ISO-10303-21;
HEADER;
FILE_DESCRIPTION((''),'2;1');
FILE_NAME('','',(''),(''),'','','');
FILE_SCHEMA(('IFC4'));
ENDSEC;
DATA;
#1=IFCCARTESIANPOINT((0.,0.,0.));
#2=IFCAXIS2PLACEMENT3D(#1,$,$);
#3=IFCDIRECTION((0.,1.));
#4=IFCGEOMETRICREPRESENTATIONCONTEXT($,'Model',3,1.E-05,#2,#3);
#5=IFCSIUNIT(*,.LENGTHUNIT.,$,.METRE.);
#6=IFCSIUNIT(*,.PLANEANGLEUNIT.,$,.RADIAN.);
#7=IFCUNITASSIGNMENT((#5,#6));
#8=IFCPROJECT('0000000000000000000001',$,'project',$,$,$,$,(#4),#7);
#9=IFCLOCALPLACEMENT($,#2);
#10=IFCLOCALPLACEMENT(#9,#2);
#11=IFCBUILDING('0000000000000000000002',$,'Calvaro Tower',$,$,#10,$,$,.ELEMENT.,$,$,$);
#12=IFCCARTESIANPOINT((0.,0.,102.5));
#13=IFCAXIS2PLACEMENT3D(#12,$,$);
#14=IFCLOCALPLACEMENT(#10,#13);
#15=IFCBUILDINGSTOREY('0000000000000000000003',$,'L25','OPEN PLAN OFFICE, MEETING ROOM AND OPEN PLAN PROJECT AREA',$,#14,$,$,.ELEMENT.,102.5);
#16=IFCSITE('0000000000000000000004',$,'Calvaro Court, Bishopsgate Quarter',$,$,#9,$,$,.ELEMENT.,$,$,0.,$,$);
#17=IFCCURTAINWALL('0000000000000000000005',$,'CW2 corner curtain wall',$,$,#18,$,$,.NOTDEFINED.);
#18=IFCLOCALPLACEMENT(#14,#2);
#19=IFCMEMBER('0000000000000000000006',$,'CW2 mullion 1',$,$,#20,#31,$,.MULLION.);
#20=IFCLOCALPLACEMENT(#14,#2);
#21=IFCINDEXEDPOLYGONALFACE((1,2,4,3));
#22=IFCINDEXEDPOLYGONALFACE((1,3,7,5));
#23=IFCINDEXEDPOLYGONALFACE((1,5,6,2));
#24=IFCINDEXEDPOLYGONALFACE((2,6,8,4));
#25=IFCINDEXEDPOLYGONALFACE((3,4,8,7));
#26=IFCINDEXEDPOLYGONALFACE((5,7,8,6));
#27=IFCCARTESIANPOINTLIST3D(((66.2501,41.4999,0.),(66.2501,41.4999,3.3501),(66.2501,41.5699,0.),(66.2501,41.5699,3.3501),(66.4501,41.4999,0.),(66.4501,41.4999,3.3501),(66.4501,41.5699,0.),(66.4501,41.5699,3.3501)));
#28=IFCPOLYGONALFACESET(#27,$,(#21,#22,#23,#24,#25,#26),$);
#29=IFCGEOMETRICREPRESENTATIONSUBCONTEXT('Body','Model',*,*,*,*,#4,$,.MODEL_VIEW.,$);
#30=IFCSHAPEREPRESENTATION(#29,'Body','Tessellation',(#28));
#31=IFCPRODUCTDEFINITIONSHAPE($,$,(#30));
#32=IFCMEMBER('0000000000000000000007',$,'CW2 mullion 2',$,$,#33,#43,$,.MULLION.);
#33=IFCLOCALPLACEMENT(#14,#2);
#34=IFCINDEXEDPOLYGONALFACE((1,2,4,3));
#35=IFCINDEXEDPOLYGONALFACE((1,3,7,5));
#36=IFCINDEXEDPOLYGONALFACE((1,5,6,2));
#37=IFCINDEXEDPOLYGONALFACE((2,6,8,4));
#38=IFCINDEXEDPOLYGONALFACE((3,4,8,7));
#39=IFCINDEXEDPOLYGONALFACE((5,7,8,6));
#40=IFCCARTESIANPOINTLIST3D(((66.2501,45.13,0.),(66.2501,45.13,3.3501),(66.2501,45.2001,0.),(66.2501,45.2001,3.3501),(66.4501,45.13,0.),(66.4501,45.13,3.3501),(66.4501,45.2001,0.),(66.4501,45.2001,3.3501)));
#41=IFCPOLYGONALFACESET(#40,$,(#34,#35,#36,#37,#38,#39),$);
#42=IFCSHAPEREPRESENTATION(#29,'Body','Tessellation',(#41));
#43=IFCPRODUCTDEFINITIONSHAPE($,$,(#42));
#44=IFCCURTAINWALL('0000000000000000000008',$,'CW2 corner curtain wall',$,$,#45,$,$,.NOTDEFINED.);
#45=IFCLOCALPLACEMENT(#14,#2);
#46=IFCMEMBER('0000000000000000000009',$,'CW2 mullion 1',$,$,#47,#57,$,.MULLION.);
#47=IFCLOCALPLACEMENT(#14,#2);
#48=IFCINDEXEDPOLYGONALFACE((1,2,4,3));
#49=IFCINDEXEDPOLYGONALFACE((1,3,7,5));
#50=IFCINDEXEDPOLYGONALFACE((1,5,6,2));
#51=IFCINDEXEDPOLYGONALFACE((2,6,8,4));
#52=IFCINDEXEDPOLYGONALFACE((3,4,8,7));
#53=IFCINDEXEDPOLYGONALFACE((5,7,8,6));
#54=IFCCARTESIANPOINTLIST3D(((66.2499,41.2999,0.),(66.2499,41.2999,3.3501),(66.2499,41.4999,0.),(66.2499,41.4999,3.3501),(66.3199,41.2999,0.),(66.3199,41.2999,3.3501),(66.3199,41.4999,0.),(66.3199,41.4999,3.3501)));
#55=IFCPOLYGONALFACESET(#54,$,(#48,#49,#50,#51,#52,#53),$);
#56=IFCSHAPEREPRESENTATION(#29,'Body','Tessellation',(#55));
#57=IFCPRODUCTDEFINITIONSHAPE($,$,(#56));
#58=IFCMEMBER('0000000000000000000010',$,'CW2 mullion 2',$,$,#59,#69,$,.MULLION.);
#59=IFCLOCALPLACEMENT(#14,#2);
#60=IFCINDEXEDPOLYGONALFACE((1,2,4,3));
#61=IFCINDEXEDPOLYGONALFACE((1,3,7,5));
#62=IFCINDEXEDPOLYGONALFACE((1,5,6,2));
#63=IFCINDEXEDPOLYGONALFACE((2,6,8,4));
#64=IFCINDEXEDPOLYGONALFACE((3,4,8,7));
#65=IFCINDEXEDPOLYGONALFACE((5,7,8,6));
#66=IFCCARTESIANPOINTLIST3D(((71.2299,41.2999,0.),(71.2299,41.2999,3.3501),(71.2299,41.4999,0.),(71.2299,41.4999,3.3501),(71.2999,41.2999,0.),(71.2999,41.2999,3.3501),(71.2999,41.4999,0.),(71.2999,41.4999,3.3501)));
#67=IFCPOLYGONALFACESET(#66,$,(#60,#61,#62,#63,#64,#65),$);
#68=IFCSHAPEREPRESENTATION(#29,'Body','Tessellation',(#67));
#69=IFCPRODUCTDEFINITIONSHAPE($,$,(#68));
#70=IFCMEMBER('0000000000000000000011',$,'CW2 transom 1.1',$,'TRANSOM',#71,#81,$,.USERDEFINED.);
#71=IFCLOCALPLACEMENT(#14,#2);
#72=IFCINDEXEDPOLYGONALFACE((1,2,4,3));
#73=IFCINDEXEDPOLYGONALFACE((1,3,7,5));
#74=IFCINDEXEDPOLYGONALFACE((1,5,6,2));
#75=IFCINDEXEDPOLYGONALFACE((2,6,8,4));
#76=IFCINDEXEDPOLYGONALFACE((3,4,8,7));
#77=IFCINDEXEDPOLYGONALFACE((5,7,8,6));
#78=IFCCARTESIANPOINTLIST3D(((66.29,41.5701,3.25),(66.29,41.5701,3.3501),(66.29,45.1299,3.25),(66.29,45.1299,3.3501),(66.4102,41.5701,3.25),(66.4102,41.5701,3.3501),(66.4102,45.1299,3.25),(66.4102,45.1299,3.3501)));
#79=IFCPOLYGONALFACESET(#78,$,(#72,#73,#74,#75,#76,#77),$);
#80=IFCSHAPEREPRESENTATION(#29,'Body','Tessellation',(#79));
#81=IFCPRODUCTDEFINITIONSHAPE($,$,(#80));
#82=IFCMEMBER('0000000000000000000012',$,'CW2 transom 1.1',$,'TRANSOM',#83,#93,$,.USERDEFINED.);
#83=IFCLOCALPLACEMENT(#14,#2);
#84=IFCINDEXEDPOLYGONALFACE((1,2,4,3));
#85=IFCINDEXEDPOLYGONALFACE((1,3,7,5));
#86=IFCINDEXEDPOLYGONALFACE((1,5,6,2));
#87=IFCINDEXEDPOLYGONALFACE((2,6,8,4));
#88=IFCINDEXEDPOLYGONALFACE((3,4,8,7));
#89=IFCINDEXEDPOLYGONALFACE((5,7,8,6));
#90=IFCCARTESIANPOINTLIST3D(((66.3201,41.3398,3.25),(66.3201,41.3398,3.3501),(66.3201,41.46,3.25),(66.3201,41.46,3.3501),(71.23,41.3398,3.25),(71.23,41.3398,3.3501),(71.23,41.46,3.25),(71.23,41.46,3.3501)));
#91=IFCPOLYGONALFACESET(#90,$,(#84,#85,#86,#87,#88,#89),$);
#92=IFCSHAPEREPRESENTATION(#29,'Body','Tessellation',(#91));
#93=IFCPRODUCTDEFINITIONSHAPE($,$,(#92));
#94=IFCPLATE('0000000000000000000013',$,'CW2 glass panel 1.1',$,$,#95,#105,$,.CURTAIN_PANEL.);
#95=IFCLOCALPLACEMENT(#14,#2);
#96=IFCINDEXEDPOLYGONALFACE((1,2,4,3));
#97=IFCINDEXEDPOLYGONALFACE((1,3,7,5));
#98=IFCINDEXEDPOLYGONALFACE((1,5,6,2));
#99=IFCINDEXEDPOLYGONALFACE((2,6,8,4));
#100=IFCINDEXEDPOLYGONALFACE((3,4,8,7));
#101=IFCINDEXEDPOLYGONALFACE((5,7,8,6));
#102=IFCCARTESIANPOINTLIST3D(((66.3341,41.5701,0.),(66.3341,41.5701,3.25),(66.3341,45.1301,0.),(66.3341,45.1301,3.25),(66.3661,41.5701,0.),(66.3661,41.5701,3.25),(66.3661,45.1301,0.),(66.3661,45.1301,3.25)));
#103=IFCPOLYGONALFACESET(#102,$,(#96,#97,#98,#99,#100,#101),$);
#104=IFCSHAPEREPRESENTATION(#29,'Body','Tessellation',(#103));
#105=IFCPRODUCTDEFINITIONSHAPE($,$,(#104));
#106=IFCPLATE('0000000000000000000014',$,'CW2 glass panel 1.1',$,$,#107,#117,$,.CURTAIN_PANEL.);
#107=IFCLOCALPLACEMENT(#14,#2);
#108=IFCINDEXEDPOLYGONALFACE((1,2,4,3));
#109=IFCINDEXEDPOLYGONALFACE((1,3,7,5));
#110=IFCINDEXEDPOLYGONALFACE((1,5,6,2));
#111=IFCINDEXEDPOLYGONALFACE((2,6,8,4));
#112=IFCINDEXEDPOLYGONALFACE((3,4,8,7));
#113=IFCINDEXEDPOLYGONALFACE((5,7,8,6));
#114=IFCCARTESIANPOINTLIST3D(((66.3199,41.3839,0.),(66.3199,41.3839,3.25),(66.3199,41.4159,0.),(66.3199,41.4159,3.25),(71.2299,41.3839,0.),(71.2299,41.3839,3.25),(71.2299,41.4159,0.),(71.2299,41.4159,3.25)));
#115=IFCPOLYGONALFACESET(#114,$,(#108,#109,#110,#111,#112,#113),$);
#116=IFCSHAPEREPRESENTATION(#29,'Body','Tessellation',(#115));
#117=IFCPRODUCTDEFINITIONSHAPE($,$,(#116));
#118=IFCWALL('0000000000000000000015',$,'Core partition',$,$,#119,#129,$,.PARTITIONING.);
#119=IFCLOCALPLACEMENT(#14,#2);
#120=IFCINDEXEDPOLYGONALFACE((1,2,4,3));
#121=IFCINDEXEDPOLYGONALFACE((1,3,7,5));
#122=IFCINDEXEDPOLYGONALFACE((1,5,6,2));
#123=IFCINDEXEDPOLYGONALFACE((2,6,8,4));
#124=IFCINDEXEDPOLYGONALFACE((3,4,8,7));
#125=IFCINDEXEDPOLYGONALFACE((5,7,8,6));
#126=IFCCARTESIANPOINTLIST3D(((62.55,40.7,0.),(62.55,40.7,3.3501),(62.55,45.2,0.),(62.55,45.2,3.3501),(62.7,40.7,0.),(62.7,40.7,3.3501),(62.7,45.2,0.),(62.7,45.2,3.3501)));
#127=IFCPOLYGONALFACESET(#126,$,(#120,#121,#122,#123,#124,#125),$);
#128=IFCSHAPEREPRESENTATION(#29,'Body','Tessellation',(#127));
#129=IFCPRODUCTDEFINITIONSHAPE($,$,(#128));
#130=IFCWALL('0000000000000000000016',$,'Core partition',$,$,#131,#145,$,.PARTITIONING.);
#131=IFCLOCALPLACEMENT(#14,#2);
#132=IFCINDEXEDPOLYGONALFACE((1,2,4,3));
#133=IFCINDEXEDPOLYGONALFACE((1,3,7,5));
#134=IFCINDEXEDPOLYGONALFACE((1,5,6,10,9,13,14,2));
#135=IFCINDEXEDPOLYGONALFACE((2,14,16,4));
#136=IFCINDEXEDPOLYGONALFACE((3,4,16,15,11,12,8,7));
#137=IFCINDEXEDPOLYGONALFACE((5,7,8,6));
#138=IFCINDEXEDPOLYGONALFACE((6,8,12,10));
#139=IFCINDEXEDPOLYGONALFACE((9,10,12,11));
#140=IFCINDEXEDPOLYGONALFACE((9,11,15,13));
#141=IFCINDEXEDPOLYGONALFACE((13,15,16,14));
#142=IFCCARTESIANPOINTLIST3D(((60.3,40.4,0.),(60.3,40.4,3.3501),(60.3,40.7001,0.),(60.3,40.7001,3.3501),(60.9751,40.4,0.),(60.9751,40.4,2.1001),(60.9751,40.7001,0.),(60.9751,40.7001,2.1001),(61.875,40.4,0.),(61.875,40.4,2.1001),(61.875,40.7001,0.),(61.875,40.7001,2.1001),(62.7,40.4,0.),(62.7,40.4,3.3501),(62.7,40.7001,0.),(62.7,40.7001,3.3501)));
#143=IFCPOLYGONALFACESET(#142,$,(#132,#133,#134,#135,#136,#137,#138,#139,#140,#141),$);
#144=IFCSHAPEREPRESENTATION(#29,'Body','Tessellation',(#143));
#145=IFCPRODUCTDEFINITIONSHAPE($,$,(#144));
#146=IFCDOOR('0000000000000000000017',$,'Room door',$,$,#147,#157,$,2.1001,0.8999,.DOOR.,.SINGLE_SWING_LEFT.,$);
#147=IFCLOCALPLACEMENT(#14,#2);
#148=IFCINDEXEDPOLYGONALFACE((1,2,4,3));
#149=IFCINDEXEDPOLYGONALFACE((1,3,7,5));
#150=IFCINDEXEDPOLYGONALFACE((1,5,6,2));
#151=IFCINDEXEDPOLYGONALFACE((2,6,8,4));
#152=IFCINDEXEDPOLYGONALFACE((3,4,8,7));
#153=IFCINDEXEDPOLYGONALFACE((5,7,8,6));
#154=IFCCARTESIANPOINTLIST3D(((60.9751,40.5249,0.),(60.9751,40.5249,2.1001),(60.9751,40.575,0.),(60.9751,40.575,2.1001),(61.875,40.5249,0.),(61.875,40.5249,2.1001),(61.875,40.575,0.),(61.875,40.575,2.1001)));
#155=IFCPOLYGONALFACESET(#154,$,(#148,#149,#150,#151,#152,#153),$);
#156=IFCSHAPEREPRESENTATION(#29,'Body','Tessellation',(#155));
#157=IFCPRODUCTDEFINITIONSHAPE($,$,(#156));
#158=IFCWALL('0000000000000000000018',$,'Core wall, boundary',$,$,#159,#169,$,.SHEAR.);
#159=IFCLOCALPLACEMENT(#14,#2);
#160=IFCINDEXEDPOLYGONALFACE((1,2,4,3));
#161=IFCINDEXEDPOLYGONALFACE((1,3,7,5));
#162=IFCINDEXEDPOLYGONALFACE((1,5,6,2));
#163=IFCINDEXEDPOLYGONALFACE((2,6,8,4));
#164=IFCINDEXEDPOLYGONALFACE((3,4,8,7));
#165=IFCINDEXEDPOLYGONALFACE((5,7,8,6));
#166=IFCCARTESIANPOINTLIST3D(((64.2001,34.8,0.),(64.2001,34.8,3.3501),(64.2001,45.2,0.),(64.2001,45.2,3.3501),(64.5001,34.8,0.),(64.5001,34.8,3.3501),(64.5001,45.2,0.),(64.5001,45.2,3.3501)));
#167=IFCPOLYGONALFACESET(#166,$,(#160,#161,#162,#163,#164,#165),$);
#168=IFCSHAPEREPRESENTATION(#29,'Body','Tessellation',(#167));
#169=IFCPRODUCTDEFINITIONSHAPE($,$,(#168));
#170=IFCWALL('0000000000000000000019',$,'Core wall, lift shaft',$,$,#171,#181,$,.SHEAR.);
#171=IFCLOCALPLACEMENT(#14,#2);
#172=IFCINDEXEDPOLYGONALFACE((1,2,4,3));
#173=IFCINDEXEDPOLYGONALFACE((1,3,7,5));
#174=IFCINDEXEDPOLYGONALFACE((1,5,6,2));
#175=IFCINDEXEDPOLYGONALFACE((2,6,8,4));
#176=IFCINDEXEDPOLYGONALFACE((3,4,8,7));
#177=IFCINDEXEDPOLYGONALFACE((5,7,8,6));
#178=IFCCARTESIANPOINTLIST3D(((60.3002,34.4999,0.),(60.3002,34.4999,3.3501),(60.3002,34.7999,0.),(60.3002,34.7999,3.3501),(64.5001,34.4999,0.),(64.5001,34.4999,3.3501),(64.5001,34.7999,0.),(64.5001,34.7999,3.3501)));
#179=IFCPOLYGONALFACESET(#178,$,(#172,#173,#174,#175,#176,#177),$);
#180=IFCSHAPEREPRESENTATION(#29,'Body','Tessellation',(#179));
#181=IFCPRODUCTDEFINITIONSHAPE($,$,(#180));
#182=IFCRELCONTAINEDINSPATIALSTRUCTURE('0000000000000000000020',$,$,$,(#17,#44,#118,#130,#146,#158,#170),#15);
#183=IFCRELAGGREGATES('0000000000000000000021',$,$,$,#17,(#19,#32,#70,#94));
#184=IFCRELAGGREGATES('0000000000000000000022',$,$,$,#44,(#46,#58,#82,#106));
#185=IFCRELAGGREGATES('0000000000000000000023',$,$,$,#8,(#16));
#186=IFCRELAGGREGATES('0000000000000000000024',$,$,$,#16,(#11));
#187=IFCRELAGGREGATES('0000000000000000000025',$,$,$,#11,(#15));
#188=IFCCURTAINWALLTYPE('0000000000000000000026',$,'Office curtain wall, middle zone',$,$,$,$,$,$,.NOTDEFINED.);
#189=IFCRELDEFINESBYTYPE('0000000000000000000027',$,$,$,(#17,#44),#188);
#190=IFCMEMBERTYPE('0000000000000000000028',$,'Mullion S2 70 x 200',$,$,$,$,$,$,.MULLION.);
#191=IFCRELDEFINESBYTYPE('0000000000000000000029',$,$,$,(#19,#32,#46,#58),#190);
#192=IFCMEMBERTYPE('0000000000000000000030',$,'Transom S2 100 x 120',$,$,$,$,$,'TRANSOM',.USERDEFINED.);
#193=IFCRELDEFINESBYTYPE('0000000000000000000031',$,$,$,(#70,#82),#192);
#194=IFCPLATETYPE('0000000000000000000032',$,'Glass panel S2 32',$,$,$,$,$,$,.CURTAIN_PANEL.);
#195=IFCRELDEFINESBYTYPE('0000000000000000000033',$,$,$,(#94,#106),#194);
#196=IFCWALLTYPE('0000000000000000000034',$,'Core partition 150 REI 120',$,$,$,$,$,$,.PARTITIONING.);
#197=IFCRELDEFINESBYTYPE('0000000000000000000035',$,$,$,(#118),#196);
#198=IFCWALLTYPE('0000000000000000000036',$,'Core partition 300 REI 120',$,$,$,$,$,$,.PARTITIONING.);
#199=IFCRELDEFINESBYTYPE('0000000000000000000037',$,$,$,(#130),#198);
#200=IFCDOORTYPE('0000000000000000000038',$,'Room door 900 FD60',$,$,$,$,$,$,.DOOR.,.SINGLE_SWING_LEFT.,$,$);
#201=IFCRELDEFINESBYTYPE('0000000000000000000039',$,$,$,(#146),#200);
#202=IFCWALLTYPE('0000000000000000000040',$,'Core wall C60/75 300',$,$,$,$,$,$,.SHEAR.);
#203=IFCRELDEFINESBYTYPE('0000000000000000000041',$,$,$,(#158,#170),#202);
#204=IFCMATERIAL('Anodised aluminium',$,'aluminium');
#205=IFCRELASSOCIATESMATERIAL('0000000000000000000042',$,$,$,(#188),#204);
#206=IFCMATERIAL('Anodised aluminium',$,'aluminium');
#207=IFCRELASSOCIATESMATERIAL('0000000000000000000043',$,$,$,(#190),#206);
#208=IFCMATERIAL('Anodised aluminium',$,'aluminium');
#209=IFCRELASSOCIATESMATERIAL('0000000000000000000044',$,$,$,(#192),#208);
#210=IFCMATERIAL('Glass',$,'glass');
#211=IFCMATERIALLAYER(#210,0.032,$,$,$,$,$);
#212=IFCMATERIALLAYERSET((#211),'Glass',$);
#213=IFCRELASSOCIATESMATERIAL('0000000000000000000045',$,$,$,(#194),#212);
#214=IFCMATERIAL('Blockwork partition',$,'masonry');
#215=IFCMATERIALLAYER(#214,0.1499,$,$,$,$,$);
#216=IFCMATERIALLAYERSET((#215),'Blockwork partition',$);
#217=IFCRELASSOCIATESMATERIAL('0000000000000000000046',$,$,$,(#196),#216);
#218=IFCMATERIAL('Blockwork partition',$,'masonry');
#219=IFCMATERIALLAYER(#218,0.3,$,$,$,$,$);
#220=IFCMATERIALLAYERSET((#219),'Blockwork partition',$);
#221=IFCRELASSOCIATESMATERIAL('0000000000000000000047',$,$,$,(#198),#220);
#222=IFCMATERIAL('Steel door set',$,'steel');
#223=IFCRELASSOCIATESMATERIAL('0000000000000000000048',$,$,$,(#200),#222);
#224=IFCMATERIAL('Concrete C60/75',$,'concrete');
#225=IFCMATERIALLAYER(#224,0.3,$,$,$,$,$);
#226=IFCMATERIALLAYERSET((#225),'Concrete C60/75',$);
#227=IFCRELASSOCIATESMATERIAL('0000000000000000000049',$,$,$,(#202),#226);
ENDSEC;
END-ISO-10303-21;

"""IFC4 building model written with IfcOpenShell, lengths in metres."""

from ifc_helpers import new_model, si_unit, direction, frame, frame_2d, origin, origin_2d, place, context, subcontext, project, spatial, rectangle, extrude, material, layer, layer_set, material_profile, profile_set, type_object, element, fill, aggregate, save


model = new_model("IFC4")

# Units and contexts
model_context = context("Model", 3, precision=1e-05, world=origin(), true_north=direction((0.0, 1.0)))
body_context = subcontext(model_context, "Body", "Model", "MODEL_VIEW")
ifc_project = project(units=[si_unit("LENGTHUNIT", "METRE"), si_unit("PLANEANGLEUNIT", "RADIAN")], contexts=[model_context])

# Site, building, storey
site_placement = place(None, origin())
site = spatial("IfcSite", under=ifc_project, at=site_placement, Name="Calvaro Court, Bishopsgate Quarter", CompositionType="ELEMENT", RefElevation=0.0)
building_placement = place(site_placement, origin())
building = spatial("IfcBuilding", under=site, at=building_placement, Name="Calvaro Tower", CompositionType="ELEMENT")
storey_placement = place(building_placement, frame((0.0, 0.0, 102.5)))
storey = spatial("IfcBuildingStorey", under=building, at=storey_placement, Name="L25", Description="OPEN PLAN OFFICE, MEETING ROOM AND OPEN PLAN PROJECT AREA", CompositionType="ELEMENT", Elevation=102.5)

# Curtain walls, members
ifc_material_1 = material(Name="Anodised aluminium", Category="aluminium")
curtain_wall_type = type_object("IfcCurtainWallType", Name="Office curtain wall, middle zone", PredefinedType="NOTDEFINED", material=ifc_material_1)
curtain_wall_1_placement = place(storey_placement, origin())
curtain_wall_1 = element("IfcCurtainWall", 1, at=curtain_wall_1_placement, inside=storey, type_object=curtain_wall_type, Name="CW2 corner curtain wall", PredefinedType="NOTDEFINED")
ifc_material_2 = material(Name="Anodised aluminium", Category="aluminium")
ifc_material_profile_1 = material_profile(ifc_material_2, rectangle(XDim=0.2, YDim=0.0701, at=origin_2d()), Name="Mullion S2 70 x 200")
ifc_profile_set_1 = profile_set([ifc_material_profile_1], Name="Anodised aluminium")
member_type_1 = type_object("IfcMemberType", Name="Mullion S2 70 x 200", PredefinedType="MULLION", material=ifc_profile_set_1)
member_1_placement = place(storey_placement, frame((66.3501, 41.5349, 0.0), z_axis=(0.0, 0.0, 1.0), x_axis=(-1.0, 0.0, 0.0)))
member_1 = element("IfcMember", 2, at=member_1_placement, type_object=member_type_1, Name="CW2 mullion 1", PredefinedType="MULLION", context=body_context, shape_type="SweptSolid", body=[
    extrude(rectangle(XDim=0.2, YDim=0.0701, at=origin_2d()), origin(), (0.0, 0.0, 1.0), 3.3501),
])
member_2_placement = place(storey_placement, frame((66.3501, 45.165, 0.0), z_axis=(0.0, 0.0, 1.0), x_axis=(-1.0, 0.0, 0.0)))
member_2 = element("IfcMember", 3, at=member_2_placement, type_object=member_type_1, Name="CW2 mullion 2", PredefinedType="MULLION", context=body_context, shape_type="SweptSolid", body=[
    extrude(rectangle(XDim=0.2, YDim=0.0701, at=origin_2d()), origin(), (0.0, 0.0, 1.0), 3.3501),
])
curtain_wall_2_placement = place(storey_placement, origin())
curtain_wall_2 = element("IfcCurtainWall", 4, at=curtain_wall_2_placement, inside=storey, type_object=curtain_wall_type, Name="CW2 corner curtain wall", PredefinedType="NOTDEFINED")
member_3_placement = place(storey_placement, frame((66.2849, 41.3999, 0.0), z_axis=(0.0, 0.0, 1.0), x_axis=(0.0, 1.0, 0.0)))
member_3 = element("IfcMember", 5, at=member_3_placement, type_object=member_type_1, Name="CW2 mullion 1", PredefinedType="MULLION", context=body_context, shape_type="SweptSolid", body=[
    extrude(rectangle(XDim=0.2, YDim=0.0701, at=origin_2d()), origin(), (0.0, 0.0, 1.0), 3.3501),
])
member_4_placement = place(storey_placement, frame((71.2649, 41.3999, 0.0), z_axis=(0.0, 0.0, 1.0), x_axis=(0.0, 1.0, 0.0)))
member_4 = element("IfcMember", 6, at=member_4_placement, type_object=member_type_1, Name="CW2 mullion 2", PredefinedType="MULLION", context=body_context, shape_type="SweptSolid", body=[
    extrude(rectangle(XDim=0.2, YDim=0.0701, at=origin_2d()), origin(), (0.0, 0.0, 1.0), 3.3501),
])

# Members
ifc_material_3 = material(Name="Anodised aluminium", Category="aluminium")
ifc_material_profile_2 = material_profile(ifc_material_3, rectangle(XDim=0.1201, YDim=0.1001, at=origin_2d()), Name="Transom S2 100 x 120")
ifc_profile_set_2 = profile_set([ifc_material_profile_2], Name="Anodised aluminium")
member_type_2 = type_object("IfcMemberType", Name="Transom S2 100 x 120", ElementType="TRANSOM", PredefinedType="USERDEFINED", material=ifc_profile_set_2)
member_5_placement = place(storey_placement, frame((66.3501, 41.5701, 3.3), z_axis=(0.0, 1.0, 0.0), x_axis=(-1.0, 0.0, 0.0)))
member_5 = element("IfcMember", 7, at=member_5_placement, type_object=member_type_2, Name="CW2 transom 1.1", ObjectType="TRANSOM", PredefinedType="USERDEFINED", context=body_context, shape_type="SweptSolid", body=[
    extrude(rectangle(XDim=0.1201, YDim=0.1001, at=origin_2d()), origin(), (0.0, 0.0, 1.0), 3.5598),
])
member_6_placement = place(storey_placement, frame((66.3201, 41.3999, 3.3), z_axis=(1.0, 0.0, 0.0), x_axis=(0.0, 1.0, 0.0)))
member_6 = element("IfcMember", 8, at=member_6_placement, type_object=member_type_2, Name="CW2 transom 1.1", ObjectType="TRANSOM", PredefinedType="USERDEFINED", context=body_context, shape_type="SweptSolid", body=[
    extrude(rectangle(XDim=0.1201, YDim=0.1001, at=origin_2d()), origin(), (0.0, 0.0, 1.0), 4.9099),
])

# Plates
ifc_material_4 = material(Name="Glass", Category="glass")
ifc_layer_1 = layer(ifc_material_4, 0.032)
ifc_layer_set_1 = layer_set([ifc_layer_1], Name="Glass")
plate_type = type_object("IfcPlateType", Name="Glass panel S2 32", PredefinedType="CURTAIN_PANEL", material=ifc_layer_set_1)
plate_1_placement = place(storey_placement, frame((66.3501, 43.3501, 0.0), z_axis=(0.0, 0.0, 1.0), x_axis=(0.0, 1.0, 0.0)))
plate_1 = element("IfcPlate", 9, at=plate_1_placement, type_object=plate_type, Name="CW2 glass panel 1.1", PredefinedType="CURTAIN_PANEL", context=body_context, shape_type="SweptSolid", body=[
    extrude(rectangle(XDim=3.5601, YDim=0.032, at=origin_2d()), origin(), (0.0, 0.0, 1.0), 3.25),
])
aggregate(curtain_wall_1, [member_1, member_2, member_5, plate_1])
plate_2_placement = place(storey_placement, frame((68.7749, 41.3999, 0.0), z_axis=(0.0, 0.0, 1.0), x_axis=(1.0, 0.0, 0.0)))
plate_2 = element("IfcPlate", 10, at=plate_2_placement, type_object=plate_type, Name="CW2 glass panel 1.1", PredefinedType="CURTAIN_PANEL", context=body_context, shape_type="SweptSolid", body=[
    extrude(rectangle(XDim=4.9099, YDim=0.032, at=origin_2d()), origin(), (0.0, 0.0, 1.0), 3.25),
])
aggregate(curtain_wall_2, [member_3, member_4, member_6, plate_2])

# Wall
ifc_material_5 = material(Name="Blockwork partition", Category="masonry")
ifc_layer_2 = layer(ifc_material_5, 0.1499)
ifc_layer_set_2 = layer_set([ifc_layer_2], Name="Blockwork partition")
wall_type_1 = type_object("IfcWallType", Name="Core partition 150 REI 120", PredefinedType="PARTITIONING", material=ifc_layer_set_2)
wall_1_placement = place(storey_placement, frame((62.625, 40.7, 0.0), z_axis=(0.0, 0.0, 1.0), x_axis=(0.0, 1.0, 0.0)))
element("IfcWall", 11, at=wall_1_placement, inside=storey, type_object=wall_type_1, Name="Core partition", PredefinedType="PARTITIONING", context=body_context, shape_type="SweptSolid", body=[
    extrude(rectangle(XDim=4.5, YDim=0.1499, at=frame_2d((2.25, 0.0))), origin(), (0.0, 0.0, 1.0), 3.3501),
])

# Wall, opening, door
ifc_material_6 = material(Name="Blockwork partition", Category="masonry")
ifc_layer_3 = layer(ifc_material_6, 0.3)
ifc_layer_set_3 = layer_set([ifc_layer_3], Name="Blockwork partition")
wall_type_2 = type_object("IfcWallType", Name="Core partition 300 REI 120", PredefinedType="PARTITIONING", material=ifc_layer_set_3)
wall_2_placement = place(storey_placement, frame((60.3, 40.55, 0.0), z_axis=(0.0, 0.0, 1.0), x_axis=(1.0, 0.0, 0.0)))
wall_2 = element("IfcWall", 12, at=wall_2_placement, inside=storey, type_object=wall_type_2, Name="Core partition", PredefinedType="PARTITIONING", context=body_context, shape_type="SweptSolid", body=[
    extrude(rectangle(XDim=2.3999, YDim=0.3, at=frame_2d((1.2, 0.0))), origin(), (0.0, 0.0, 1.0), 3.3501),
])
opening_1_placement = place(wall_2_placement, frame((0.675, 0.0, 0.0)))
opening_1 = element("IfcOpeningElement", 13, at=opening_1_placement, cuts=wall_2, PredefinedType="OPENING", context=body_context, shape_type="SweptSolid", body=[
    extrude(rectangle(XDim=0.8999, YDim=2.1001, at=frame_2d((0.45, 1.05))), frame((0.0, 0.1599, 0.0), z_axis=(0.0, -1.0, 0.0), x_axis=(1.0, 0.0, 0.0)), (0.0, 0.0, 1.0), 0.3201),
])
ifc_material_7 = material(Name="Steel door set", Category="steel")
door_type_1 = type_object("IfcDoorType", Name="Room door 900 FD60", OperationType="SINGLE_SWING_LEFT", PredefinedType="DOOR", material=ifc_material_7)
door_1_placement = place(opening_1_placement, origin())
door_1 = element("IfcDoor", 14, at=door_1_placement, inside=storey, type_object=door_type_1, Name="Room door", OperationType="SINGLE_SWING_LEFT", OverallHeight=2.1001, OverallWidth=0.8999, PredefinedType="DOOR", context=body_context, shape_type="SweptSolid", body=[
    extrude(rectangle(XDim=0.8999, YDim=2.1001, at=frame_2d((0.45, 1.05))), frame((0.0, 0.0249, 0.0), z_axis=(0.0, -1.0, 0.0), x_axis=(1.0, 0.0, 0.0)), (0.0, 0.0, 1.0), 0.05),
])
fill(opening_1, door_1)

# Walls
ifc_material_8 = material(Name="Concrete C60/75", Category="concrete")
ifc_layer_4 = layer(ifc_material_8, 0.3)
ifc_layer_set_4 = layer_set([ifc_layer_4], Name="Concrete C60/75")
wall_type_3 = type_object("IfcWallType", Name="Core wall C60/75 300", PredefinedType="SHEAR", material=ifc_layer_set_4)
wall_3_placement = place(storey_placement, frame((64.3501, 34.8, 0.0), z_axis=(0.0, 0.0, 1.0), x_axis=(0.0, 1.0, 0.0)))
element("IfcWall", 15, at=wall_3_placement, inside=storey, type_object=wall_type_3, Name="Core wall, boundary", PredefinedType="SHEAR", context=body_context, shape_type="SweptSolid", body=[
    extrude(rectangle(XDim=10.3999, YDim=0.3, at=frame_2d((5.2, 0.0))), origin(), (0.0, 0.0, 1.0), 3.3501),
])
wall_4_placement = place(storey_placement, frame((60.3, 34.6499, 0.0), z_axis=(0.0, 0.0, 1.0), x_axis=(1.0, 0.0, 0.0)))
element("IfcWall", 16, at=wall_4_placement, inside=storey, type_object=wall_type_3, Name="Core wall, lift shaft", PredefinedType="SHEAR", context=body_context, shape_type="SweptSolid", body=[
    extrude(rectangle(XDim=4.2, YDim=0.3, at=frame_2d((2.1001, 0.0))), origin(), (0.0, 0.0, 1.0), 3.3501),
])

save(model, "model.ifc")
